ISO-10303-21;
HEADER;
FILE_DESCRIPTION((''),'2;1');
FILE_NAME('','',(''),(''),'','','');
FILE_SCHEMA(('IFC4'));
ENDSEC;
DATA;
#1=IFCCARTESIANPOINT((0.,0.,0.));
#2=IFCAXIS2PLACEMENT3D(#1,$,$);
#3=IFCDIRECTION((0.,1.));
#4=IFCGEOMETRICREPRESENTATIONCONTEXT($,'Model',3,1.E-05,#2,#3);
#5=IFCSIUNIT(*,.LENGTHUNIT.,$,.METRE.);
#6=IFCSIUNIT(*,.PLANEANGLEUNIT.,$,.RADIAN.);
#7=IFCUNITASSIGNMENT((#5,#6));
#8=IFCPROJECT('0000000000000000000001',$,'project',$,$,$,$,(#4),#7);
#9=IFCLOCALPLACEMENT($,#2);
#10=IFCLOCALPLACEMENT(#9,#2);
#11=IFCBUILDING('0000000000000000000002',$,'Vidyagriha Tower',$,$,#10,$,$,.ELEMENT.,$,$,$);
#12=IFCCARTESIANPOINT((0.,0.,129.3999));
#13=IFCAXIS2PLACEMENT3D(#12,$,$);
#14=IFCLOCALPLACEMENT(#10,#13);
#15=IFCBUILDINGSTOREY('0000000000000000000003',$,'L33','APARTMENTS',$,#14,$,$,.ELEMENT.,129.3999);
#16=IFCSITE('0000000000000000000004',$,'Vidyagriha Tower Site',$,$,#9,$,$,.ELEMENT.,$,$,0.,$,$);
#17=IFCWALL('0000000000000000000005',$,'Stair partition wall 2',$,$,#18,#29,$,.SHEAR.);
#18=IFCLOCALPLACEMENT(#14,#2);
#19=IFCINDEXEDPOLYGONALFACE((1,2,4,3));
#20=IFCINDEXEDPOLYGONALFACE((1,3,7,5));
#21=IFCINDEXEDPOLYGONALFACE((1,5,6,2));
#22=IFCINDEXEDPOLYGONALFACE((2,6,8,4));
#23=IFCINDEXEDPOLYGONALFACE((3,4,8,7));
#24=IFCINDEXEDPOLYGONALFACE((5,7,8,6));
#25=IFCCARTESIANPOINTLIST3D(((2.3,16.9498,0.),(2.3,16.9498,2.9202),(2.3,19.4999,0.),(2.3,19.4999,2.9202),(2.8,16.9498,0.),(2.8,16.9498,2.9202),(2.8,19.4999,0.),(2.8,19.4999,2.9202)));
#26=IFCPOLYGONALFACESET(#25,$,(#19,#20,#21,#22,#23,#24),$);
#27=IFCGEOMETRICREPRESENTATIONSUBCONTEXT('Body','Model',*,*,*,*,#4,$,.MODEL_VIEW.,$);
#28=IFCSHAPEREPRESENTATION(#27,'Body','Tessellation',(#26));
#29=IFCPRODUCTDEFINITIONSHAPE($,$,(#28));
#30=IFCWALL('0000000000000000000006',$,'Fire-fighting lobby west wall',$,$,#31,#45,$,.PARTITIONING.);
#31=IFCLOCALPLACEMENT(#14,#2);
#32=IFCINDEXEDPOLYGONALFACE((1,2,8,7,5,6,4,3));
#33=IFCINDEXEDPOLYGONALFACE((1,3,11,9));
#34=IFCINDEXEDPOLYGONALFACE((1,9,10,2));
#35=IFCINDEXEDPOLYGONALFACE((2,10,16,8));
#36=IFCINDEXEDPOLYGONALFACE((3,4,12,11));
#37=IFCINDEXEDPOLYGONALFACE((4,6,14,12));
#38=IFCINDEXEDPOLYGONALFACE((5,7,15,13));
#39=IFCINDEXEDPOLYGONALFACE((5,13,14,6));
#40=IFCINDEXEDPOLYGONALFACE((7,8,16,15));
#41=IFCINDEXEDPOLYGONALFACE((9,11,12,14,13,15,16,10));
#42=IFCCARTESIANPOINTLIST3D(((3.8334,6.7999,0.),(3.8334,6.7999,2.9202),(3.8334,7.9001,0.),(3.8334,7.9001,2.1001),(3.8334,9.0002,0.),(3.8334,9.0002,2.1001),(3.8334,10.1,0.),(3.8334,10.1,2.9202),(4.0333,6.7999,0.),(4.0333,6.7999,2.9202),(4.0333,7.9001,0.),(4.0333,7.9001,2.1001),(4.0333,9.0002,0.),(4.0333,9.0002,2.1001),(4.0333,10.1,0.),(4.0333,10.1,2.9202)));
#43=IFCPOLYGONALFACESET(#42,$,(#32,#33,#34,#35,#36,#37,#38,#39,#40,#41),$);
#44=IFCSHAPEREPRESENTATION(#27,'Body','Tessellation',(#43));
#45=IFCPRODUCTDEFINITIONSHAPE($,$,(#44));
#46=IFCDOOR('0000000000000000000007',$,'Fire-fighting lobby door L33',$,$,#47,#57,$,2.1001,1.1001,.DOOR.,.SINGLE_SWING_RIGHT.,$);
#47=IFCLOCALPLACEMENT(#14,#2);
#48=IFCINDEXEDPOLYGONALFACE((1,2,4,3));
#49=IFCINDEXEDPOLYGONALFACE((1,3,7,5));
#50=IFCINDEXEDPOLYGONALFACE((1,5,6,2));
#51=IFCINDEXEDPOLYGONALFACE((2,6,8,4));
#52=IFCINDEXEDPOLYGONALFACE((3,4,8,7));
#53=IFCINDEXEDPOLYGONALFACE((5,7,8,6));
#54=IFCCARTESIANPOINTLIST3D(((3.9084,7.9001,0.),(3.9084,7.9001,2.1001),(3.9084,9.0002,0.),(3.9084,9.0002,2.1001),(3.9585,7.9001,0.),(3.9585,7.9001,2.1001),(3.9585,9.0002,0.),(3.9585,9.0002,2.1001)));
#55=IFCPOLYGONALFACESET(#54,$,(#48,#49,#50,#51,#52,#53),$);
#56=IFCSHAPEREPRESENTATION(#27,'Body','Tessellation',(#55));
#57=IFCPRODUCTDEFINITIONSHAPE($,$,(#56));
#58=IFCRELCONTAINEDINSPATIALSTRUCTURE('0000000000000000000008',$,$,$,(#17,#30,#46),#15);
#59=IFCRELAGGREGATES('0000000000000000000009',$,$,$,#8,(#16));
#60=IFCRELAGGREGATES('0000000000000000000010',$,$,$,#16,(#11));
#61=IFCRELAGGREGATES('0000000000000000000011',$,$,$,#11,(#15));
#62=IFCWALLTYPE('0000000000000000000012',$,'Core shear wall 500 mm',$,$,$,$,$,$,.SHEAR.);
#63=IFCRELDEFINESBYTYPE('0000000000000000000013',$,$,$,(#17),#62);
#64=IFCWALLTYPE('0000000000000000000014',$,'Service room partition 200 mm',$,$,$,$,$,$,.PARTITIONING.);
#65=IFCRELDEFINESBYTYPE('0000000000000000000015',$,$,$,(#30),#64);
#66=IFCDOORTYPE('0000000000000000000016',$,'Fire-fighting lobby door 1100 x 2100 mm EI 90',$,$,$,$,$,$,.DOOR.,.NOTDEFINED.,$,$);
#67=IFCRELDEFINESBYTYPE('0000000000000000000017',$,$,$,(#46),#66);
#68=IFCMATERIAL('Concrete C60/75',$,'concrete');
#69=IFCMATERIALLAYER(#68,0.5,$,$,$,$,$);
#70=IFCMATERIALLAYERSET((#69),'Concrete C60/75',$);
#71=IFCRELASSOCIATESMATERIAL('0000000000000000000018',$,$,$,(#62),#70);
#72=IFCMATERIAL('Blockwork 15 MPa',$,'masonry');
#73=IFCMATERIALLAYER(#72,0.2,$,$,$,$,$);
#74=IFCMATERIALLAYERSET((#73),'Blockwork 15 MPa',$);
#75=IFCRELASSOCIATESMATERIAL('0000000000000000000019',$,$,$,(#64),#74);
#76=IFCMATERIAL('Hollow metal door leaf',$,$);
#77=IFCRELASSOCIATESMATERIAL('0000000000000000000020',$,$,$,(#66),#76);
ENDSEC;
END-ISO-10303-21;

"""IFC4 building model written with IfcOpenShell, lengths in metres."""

from ifc_helpers import new_model, si_unit, direction, frame, frame_2d, origin, place, context, subcontext, project, spatial, rectangle, extrude, material, layer, layer_set, type_object, element, fill, save


model = new_model("IFC4")

# Units and contexts
model_context = context("Model", 3, precision=1e-05, world=origin(), true_north=direction((0.0, 1.0)))
body_context = subcontext(model_context, "Body", "Model", "MODEL_VIEW")
ifc_project = project(units=[si_unit("LENGTHUNIT", "METRE"), si_unit("PLANEANGLEUNIT", "RADIAN")], contexts=[model_context])

# Site, building, storey
site_placement = place(None, origin())
site = spatial("IfcSite", under=ifc_project, at=site_placement, Name="Vidyagriha Tower Site", CompositionType="ELEMENT", RefElevation=0.0)
building_placement = place(site_placement, origin())
building = spatial("IfcBuilding", under=site, at=building_placement, Name="Vidyagriha Tower", CompositionType="ELEMENT")
storey_placement = place(building_placement, frame((0.0, 0.0, 129.3999)))
storey = spatial("IfcBuildingStorey", under=building, at=storey_placement, Name="L33", Description="APARTMENTS", CompositionType="ELEMENT", Elevation=129.3999)

# Wall
ifc_material_1 = material(Name="Concrete C60/75", Category="concrete")
ifc_layer_1 = layer(ifc_material_1, 0.5)
ifc_layer_set_1 = layer_set([ifc_layer_1], Name="Concrete C60/75")
wall_type_1 = type_object("IfcWallType", Name="Core shear wall 500 mm", PredefinedType="SHEAR", material=ifc_layer_set_1)
wall_1_placement = place(storey_placement, frame((2.55, 16.95, 0.0), z_axis=(0.0, 0.0, 1.0), x_axis=(0.0, 1.0, 0.0)))
element("IfcWall", 1, at=wall_1_placement, inside=storey, type_object=wall_type_1, Name="Stair partition wall 2", PredefinedType="SHEAR", context=body_context, shape_type="SweptSolid", body=[
    extrude(rectangle(XDim=2.55, YDim=0.5, at=frame_2d((1.2749, 0.0))), origin(), (0.0, 0.0, 1.0), 2.9202),
])

# Wall, opening, door
ifc_material_2 = material(Name="Blockwork 15 MPa", Category="masonry")
ifc_layer_2 = layer(ifc_material_2, 0.2)
ifc_layer_set_2 = layer_set([ifc_layer_2], Name="Blockwork 15 MPa")
wall_type_2 = type_object("IfcWallType", Name="Service room partition 200 mm", PredefinedType="PARTITIONING", material=ifc_layer_set_2)
wall_2_placement = place(storey_placement, frame((3.9333, 6.8, 0.0), z_axis=(0.0, 0.0, 1.0), x_axis=(0.0, 1.0, 0.0)))
wall_2 = element("IfcWall", 2, at=wall_2_placement, inside=storey, type_object=wall_type_2, Name="Fire-fighting lobby west wall", PredefinedType="PARTITIONING", context=body_context, shape_type="SweptSolid", body=[
    extrude(rectangle(XDim=3.3, YDim=0.2, at=frame_2d((1.6499, 0.0))), origin(), (0.0, 0.0, 1.0), 2.9202),
])
opening_1_placement = place(wall_2_placement, frame((1.1001, 0.0, 0.0)))
opening_1 = element("IfcOpeningElement", 3, at=opening_1_placement, cuts=wall_2, PredefinedType="OPENING", context=body_context, shape_type="SweptSolid", body=[
    extrude(rectangle(XDim=1.1001, YDim=2.1001, at=frame_2d((0.55, 1.05))), frame((0.0, 0.1099, 0.0), z_axis=(0.0, -1.0, 0.0), x_axis=(1.0, 0.0, 0.0)), (0.0, 0.0, 1.0), 0.22),
])
ifc_material_3 = material(Name="Hollow metal door leaf")
door_type_1 = type_object("IfcDoorType", Name="Fire-fighting lobby door 1100 x 2100 mm EI 90", OperationType="NOTDEFINED", PredefinedType="DOOR", material=ifc_material_3)
door_1_placement = place(opening_1_placement, origin())
door_1 = element("IfcDoor", 4, at=door_1_placement, inside=storey, type_object=door_type_1, Name="Fire-fighting lobby door L33", OperationType="SINGLE_SWING_RIGHT", OverallHeight=2.1001, OverallWidth=1.1001, PredefinedType="DOOR", context=body_context, shape_type="SweptSolid", body=[
    extrude(rectangle(XDim=1.1001, YDim=2.1001, at=frame_2d((0.55, 1.05))), frame((0.0, 0.0249, 0.0), z_axis=(0.0, -1.0, 0.0), x_axis=(1.0, 0.0, 0.0)), (0.0, 0.0, 1.0), 0.05),
])
fill(opening_1, door_1)

save(model, "model.ifc")
